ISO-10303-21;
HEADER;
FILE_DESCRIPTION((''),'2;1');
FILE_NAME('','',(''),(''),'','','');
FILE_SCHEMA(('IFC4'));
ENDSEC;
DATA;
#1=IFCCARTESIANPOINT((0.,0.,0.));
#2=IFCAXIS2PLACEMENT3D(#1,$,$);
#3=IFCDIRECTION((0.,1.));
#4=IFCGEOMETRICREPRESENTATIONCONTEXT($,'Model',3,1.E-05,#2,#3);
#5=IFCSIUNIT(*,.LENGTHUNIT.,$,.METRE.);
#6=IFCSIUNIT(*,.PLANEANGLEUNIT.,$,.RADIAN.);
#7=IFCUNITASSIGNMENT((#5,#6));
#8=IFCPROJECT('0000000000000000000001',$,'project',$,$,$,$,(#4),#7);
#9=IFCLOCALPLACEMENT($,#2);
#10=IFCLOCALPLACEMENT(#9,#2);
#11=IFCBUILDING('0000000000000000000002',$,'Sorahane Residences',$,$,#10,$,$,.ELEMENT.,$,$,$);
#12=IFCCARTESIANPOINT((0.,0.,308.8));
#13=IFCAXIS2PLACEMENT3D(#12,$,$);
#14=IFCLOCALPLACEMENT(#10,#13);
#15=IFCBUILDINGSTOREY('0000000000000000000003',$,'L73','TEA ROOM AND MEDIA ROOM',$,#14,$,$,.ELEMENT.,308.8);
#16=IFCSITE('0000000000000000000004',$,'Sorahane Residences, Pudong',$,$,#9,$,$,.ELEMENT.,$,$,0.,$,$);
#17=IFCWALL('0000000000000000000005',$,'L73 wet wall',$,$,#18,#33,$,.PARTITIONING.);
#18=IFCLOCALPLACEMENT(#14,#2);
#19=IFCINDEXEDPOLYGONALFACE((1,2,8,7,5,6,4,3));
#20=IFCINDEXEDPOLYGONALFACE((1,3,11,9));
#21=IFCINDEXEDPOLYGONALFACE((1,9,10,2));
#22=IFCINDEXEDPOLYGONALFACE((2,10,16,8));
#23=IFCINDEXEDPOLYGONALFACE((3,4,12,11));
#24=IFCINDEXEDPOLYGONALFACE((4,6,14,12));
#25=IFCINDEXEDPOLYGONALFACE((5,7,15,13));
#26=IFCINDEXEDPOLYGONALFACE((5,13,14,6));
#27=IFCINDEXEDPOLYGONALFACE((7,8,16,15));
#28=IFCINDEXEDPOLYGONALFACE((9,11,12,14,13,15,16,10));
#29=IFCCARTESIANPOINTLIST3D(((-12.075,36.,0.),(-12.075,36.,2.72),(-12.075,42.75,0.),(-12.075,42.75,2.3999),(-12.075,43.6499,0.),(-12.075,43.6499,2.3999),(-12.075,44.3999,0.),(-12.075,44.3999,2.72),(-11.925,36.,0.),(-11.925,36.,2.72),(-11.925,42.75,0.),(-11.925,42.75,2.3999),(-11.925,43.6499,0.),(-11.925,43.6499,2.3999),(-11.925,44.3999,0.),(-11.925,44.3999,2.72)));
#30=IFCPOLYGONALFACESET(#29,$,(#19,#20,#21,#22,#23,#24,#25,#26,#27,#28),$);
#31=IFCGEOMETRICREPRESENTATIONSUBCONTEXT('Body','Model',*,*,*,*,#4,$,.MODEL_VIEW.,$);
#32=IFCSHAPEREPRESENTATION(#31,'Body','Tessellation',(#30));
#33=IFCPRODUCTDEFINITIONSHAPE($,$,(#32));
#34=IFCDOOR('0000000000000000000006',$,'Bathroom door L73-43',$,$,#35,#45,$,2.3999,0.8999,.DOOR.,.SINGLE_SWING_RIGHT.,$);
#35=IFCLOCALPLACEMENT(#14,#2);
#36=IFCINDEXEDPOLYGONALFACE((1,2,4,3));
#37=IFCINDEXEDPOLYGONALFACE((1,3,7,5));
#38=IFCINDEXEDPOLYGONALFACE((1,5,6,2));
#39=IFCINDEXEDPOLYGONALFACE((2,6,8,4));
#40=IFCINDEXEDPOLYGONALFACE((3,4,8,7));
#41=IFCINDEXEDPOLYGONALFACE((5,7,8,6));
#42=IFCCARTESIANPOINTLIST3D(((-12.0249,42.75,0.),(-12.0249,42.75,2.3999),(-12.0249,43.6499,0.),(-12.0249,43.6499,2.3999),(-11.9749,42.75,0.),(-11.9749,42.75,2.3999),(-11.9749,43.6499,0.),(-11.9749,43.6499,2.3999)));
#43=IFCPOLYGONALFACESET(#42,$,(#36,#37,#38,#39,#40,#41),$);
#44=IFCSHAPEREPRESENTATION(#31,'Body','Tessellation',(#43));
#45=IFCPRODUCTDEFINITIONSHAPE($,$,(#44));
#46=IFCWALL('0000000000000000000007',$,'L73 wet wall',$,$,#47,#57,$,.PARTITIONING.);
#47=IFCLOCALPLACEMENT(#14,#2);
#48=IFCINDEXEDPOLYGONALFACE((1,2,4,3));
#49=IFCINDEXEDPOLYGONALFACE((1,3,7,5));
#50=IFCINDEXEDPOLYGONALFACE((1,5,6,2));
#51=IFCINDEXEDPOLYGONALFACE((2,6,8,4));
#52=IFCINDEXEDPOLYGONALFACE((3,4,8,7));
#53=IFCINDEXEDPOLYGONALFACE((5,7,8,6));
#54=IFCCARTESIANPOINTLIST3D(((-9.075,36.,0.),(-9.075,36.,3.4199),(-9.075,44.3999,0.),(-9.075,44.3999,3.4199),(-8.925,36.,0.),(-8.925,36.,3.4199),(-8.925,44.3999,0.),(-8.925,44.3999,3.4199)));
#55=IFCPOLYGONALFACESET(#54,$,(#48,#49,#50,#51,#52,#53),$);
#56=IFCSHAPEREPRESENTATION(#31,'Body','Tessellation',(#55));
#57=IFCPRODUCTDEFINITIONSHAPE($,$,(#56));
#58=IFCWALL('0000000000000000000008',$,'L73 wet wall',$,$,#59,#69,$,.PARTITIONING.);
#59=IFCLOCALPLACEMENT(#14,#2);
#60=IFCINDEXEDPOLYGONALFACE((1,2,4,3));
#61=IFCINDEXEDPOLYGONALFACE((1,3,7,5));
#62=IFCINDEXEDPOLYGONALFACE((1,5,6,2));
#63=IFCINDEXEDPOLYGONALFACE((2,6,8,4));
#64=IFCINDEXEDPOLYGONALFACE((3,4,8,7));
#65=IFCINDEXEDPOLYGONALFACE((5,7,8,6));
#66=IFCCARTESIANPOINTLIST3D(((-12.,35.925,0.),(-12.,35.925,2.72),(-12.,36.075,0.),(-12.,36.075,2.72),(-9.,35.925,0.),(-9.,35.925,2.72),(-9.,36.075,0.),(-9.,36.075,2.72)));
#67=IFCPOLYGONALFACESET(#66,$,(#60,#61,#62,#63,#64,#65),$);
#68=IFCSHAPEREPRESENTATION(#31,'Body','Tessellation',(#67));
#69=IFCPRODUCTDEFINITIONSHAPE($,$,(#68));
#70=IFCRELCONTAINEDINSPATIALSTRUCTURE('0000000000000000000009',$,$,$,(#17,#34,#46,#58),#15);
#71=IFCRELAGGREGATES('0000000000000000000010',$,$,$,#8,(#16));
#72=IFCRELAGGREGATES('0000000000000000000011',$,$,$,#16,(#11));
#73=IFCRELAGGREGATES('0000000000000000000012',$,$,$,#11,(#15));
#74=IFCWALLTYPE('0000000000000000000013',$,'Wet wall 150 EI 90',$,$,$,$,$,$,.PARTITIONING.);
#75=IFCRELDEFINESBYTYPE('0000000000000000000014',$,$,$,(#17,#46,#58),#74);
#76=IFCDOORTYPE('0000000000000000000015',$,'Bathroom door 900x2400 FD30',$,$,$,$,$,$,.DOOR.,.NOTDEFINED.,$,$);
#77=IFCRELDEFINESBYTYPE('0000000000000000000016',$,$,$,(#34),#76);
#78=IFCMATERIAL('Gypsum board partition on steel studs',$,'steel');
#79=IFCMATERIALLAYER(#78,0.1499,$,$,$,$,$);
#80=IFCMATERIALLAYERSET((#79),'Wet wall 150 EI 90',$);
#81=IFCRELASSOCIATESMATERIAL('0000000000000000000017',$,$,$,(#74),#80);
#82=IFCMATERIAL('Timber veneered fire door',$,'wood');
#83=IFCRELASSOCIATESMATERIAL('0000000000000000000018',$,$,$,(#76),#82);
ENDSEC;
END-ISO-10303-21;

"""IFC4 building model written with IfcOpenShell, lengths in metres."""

from ifc_helpers import new_model, si_unit, direction, frame, frame_2d, origin, place, context, subcontext, project, spatial, rectangle, extrude, material, layer, layer_set, type_object, element, fill, save


model = new_model("IFC4")

# Units and contexts
model_context = context("Model", 3, precision=1e-05, world=origin(), true_north=direction((0.0, 1.0)))
body_context = subcontext(model_context, "Body", "Model", "MODEL_VIEW")
ifc_project = project(units=[si_unit("LENGTHUNIT", "METRE"), si_unit("PLANEANGLEUNIT", "RADIAN")], contexts=[model_context])

# Site, building, storey
site_placement = place(None, origin())
site = spatial("IfcSite", under=ifc_project, at=site_placement, Name="Sorahane Residences, Pudong", CompositionType="ELEMENT", RefElevation=0.0)
building_placement = place(site_placement, origin())
building = spatial("IfcBuilding", under=site, at=building_placement, Name="Sorahane Residences", CompositionType="ELEMENT")
storey_placement = place(building_placement, frame((0.0, 0.0, 308.8)))
storey = spatial("IfcBuildingStorey", under=building, at=storey_placement, Name="L73", Description="TEA ROOM AND MEDIA ROOM", CompositionType="ELEMENT", Elevation=308.8)

# Wall, opening, door
ifc_material_1 = material(Name="Gypsum board partition on steel studs", Category="steel")
ifc_layer_1 = layer(ifc_material_1, 0.1499)
ifc_layer_set_1 = layer_set([ifc_layer_1], Name="Wet wall 150 EI 90")
wall_type_1 = type_object("IfcWallType", Name="Wet wall 150 EI 90", PredefinedType="PARTITIONING", material=ifc_layer_set_1)
wall_1_placement = place(storey_placement, frame((-12.0, 36.0, 0.0), z_axis=(0.0, 0.0, 1.0), x_axis=(0.0, 1.0, 0.0)))
wall_1 = element("IfcWall", 1, at=wall_1_placement, inside=storey, type_object=wall_type_1, Name="L73 wet wall", PredefinedType="PARTITIONING", context=body_context, shape_type="SweptSolid", body=[
    extrude(rectangle(XDim=8.3999, YDim=0.1499, at=frame_2d((4.2, 0.0))), origin(), (0.0, 0.0, 1.0), 2.72),
])
opening_1_placement = place(wall_1_placement, frame((6.75, 0.0, 0.0)))
opening_1 = element("IfcOpeningElement", 2, at=opening_1_placement, cuts=wall_1, PredefinedType="OPENING", context=body_context, shape_type="SweptSolid", body=[
    extrude(rectangle(XDim=0.8999, YDim=2.3999, at=frame_2d((0.45, 1.2))), frame((0.0, 0.085, 0.0), z_axis=(0.0, -1.0, 0.0), x_axis=(1.0, 0.0, 0.0)), (0.0, 0.0, 1.0), 0.1699),
])
ifc_material_2 = material(Name="Timber veneered fire door", Category="wood")
door_type_1 = type_object("IfcDoorType", Name="Bathroom door 900x2400 FD30", OperationType="NOTDEFINED", PredefinedType="DOOR", material=ifc_material_2)
door_1_placement = place(opening_1_placement, origin())
door_1 = element("IfcDoor", 3, at=door_1_placement, inside=storey, type_object=door_type_1, Name="Bathroom door L73-43", OperationType="SINGLE_SWING_RIGHT", OverallHeight=2.3999, OverallWidth=0.8999, PredefinedType="DOOR", context=body_context, shape_type="SweptSolid", body=[
    extrude(rectangle(XDim=0.8999, YDim=2.3999, at=frame_2d((0.45, 1.2))), frame((0.0, 0.0249, 0.0), z_axis=(0.0, -1.0, 0.0), x_axis=(1.0, 0.0, 0.0)), (0.0, 0.0, 1.0), 0.05),
])
fill(opening_1, door_1)

# Walls
wall_2_placement = place(storey_placement, frame((-9.0, 36.0, 0.0), z_axis=(0.0, 0.0, 1.0), x_axis=(0.0, 1.0, 0.0)))
element("IfcWall", 4, at=wall_2_placement, inside=storey, type_object=wall_type_1, Name="L73 wet wall", PredefinedType="PARTITIONING", context=body_context, shape_type="SweptSolid", body=[
    extrude(rectangle(XDim=8.3999, YDim=0.1499, at=frame_2d((4.2, 0.0))), origin(), (0.0, 0.0, 1.0), 3.4199),
])
wall_3_placement = place(storey_placement, frame((-12.0, 36.0, 0.0), z_axis=(0.0, 0.0, 1.0), x_axis=(1.0, 0.0, 0.0)))
element("IfcWall", 5, at=wall_3_placement, inside=storey, type_object=wall_type_1, Name="L73 wet wall", PredefinedType="PARTITIONING", context=body_context, shape_type="SweptSolid", body=[
    extrude(rectangle(XDim=3.0, YDim=0.1499, at=frame_2d((1.5, 0.0))), origin(), (0.0, 0.0, 1.0), 2.72),
])

save(model, "model.ifc")
